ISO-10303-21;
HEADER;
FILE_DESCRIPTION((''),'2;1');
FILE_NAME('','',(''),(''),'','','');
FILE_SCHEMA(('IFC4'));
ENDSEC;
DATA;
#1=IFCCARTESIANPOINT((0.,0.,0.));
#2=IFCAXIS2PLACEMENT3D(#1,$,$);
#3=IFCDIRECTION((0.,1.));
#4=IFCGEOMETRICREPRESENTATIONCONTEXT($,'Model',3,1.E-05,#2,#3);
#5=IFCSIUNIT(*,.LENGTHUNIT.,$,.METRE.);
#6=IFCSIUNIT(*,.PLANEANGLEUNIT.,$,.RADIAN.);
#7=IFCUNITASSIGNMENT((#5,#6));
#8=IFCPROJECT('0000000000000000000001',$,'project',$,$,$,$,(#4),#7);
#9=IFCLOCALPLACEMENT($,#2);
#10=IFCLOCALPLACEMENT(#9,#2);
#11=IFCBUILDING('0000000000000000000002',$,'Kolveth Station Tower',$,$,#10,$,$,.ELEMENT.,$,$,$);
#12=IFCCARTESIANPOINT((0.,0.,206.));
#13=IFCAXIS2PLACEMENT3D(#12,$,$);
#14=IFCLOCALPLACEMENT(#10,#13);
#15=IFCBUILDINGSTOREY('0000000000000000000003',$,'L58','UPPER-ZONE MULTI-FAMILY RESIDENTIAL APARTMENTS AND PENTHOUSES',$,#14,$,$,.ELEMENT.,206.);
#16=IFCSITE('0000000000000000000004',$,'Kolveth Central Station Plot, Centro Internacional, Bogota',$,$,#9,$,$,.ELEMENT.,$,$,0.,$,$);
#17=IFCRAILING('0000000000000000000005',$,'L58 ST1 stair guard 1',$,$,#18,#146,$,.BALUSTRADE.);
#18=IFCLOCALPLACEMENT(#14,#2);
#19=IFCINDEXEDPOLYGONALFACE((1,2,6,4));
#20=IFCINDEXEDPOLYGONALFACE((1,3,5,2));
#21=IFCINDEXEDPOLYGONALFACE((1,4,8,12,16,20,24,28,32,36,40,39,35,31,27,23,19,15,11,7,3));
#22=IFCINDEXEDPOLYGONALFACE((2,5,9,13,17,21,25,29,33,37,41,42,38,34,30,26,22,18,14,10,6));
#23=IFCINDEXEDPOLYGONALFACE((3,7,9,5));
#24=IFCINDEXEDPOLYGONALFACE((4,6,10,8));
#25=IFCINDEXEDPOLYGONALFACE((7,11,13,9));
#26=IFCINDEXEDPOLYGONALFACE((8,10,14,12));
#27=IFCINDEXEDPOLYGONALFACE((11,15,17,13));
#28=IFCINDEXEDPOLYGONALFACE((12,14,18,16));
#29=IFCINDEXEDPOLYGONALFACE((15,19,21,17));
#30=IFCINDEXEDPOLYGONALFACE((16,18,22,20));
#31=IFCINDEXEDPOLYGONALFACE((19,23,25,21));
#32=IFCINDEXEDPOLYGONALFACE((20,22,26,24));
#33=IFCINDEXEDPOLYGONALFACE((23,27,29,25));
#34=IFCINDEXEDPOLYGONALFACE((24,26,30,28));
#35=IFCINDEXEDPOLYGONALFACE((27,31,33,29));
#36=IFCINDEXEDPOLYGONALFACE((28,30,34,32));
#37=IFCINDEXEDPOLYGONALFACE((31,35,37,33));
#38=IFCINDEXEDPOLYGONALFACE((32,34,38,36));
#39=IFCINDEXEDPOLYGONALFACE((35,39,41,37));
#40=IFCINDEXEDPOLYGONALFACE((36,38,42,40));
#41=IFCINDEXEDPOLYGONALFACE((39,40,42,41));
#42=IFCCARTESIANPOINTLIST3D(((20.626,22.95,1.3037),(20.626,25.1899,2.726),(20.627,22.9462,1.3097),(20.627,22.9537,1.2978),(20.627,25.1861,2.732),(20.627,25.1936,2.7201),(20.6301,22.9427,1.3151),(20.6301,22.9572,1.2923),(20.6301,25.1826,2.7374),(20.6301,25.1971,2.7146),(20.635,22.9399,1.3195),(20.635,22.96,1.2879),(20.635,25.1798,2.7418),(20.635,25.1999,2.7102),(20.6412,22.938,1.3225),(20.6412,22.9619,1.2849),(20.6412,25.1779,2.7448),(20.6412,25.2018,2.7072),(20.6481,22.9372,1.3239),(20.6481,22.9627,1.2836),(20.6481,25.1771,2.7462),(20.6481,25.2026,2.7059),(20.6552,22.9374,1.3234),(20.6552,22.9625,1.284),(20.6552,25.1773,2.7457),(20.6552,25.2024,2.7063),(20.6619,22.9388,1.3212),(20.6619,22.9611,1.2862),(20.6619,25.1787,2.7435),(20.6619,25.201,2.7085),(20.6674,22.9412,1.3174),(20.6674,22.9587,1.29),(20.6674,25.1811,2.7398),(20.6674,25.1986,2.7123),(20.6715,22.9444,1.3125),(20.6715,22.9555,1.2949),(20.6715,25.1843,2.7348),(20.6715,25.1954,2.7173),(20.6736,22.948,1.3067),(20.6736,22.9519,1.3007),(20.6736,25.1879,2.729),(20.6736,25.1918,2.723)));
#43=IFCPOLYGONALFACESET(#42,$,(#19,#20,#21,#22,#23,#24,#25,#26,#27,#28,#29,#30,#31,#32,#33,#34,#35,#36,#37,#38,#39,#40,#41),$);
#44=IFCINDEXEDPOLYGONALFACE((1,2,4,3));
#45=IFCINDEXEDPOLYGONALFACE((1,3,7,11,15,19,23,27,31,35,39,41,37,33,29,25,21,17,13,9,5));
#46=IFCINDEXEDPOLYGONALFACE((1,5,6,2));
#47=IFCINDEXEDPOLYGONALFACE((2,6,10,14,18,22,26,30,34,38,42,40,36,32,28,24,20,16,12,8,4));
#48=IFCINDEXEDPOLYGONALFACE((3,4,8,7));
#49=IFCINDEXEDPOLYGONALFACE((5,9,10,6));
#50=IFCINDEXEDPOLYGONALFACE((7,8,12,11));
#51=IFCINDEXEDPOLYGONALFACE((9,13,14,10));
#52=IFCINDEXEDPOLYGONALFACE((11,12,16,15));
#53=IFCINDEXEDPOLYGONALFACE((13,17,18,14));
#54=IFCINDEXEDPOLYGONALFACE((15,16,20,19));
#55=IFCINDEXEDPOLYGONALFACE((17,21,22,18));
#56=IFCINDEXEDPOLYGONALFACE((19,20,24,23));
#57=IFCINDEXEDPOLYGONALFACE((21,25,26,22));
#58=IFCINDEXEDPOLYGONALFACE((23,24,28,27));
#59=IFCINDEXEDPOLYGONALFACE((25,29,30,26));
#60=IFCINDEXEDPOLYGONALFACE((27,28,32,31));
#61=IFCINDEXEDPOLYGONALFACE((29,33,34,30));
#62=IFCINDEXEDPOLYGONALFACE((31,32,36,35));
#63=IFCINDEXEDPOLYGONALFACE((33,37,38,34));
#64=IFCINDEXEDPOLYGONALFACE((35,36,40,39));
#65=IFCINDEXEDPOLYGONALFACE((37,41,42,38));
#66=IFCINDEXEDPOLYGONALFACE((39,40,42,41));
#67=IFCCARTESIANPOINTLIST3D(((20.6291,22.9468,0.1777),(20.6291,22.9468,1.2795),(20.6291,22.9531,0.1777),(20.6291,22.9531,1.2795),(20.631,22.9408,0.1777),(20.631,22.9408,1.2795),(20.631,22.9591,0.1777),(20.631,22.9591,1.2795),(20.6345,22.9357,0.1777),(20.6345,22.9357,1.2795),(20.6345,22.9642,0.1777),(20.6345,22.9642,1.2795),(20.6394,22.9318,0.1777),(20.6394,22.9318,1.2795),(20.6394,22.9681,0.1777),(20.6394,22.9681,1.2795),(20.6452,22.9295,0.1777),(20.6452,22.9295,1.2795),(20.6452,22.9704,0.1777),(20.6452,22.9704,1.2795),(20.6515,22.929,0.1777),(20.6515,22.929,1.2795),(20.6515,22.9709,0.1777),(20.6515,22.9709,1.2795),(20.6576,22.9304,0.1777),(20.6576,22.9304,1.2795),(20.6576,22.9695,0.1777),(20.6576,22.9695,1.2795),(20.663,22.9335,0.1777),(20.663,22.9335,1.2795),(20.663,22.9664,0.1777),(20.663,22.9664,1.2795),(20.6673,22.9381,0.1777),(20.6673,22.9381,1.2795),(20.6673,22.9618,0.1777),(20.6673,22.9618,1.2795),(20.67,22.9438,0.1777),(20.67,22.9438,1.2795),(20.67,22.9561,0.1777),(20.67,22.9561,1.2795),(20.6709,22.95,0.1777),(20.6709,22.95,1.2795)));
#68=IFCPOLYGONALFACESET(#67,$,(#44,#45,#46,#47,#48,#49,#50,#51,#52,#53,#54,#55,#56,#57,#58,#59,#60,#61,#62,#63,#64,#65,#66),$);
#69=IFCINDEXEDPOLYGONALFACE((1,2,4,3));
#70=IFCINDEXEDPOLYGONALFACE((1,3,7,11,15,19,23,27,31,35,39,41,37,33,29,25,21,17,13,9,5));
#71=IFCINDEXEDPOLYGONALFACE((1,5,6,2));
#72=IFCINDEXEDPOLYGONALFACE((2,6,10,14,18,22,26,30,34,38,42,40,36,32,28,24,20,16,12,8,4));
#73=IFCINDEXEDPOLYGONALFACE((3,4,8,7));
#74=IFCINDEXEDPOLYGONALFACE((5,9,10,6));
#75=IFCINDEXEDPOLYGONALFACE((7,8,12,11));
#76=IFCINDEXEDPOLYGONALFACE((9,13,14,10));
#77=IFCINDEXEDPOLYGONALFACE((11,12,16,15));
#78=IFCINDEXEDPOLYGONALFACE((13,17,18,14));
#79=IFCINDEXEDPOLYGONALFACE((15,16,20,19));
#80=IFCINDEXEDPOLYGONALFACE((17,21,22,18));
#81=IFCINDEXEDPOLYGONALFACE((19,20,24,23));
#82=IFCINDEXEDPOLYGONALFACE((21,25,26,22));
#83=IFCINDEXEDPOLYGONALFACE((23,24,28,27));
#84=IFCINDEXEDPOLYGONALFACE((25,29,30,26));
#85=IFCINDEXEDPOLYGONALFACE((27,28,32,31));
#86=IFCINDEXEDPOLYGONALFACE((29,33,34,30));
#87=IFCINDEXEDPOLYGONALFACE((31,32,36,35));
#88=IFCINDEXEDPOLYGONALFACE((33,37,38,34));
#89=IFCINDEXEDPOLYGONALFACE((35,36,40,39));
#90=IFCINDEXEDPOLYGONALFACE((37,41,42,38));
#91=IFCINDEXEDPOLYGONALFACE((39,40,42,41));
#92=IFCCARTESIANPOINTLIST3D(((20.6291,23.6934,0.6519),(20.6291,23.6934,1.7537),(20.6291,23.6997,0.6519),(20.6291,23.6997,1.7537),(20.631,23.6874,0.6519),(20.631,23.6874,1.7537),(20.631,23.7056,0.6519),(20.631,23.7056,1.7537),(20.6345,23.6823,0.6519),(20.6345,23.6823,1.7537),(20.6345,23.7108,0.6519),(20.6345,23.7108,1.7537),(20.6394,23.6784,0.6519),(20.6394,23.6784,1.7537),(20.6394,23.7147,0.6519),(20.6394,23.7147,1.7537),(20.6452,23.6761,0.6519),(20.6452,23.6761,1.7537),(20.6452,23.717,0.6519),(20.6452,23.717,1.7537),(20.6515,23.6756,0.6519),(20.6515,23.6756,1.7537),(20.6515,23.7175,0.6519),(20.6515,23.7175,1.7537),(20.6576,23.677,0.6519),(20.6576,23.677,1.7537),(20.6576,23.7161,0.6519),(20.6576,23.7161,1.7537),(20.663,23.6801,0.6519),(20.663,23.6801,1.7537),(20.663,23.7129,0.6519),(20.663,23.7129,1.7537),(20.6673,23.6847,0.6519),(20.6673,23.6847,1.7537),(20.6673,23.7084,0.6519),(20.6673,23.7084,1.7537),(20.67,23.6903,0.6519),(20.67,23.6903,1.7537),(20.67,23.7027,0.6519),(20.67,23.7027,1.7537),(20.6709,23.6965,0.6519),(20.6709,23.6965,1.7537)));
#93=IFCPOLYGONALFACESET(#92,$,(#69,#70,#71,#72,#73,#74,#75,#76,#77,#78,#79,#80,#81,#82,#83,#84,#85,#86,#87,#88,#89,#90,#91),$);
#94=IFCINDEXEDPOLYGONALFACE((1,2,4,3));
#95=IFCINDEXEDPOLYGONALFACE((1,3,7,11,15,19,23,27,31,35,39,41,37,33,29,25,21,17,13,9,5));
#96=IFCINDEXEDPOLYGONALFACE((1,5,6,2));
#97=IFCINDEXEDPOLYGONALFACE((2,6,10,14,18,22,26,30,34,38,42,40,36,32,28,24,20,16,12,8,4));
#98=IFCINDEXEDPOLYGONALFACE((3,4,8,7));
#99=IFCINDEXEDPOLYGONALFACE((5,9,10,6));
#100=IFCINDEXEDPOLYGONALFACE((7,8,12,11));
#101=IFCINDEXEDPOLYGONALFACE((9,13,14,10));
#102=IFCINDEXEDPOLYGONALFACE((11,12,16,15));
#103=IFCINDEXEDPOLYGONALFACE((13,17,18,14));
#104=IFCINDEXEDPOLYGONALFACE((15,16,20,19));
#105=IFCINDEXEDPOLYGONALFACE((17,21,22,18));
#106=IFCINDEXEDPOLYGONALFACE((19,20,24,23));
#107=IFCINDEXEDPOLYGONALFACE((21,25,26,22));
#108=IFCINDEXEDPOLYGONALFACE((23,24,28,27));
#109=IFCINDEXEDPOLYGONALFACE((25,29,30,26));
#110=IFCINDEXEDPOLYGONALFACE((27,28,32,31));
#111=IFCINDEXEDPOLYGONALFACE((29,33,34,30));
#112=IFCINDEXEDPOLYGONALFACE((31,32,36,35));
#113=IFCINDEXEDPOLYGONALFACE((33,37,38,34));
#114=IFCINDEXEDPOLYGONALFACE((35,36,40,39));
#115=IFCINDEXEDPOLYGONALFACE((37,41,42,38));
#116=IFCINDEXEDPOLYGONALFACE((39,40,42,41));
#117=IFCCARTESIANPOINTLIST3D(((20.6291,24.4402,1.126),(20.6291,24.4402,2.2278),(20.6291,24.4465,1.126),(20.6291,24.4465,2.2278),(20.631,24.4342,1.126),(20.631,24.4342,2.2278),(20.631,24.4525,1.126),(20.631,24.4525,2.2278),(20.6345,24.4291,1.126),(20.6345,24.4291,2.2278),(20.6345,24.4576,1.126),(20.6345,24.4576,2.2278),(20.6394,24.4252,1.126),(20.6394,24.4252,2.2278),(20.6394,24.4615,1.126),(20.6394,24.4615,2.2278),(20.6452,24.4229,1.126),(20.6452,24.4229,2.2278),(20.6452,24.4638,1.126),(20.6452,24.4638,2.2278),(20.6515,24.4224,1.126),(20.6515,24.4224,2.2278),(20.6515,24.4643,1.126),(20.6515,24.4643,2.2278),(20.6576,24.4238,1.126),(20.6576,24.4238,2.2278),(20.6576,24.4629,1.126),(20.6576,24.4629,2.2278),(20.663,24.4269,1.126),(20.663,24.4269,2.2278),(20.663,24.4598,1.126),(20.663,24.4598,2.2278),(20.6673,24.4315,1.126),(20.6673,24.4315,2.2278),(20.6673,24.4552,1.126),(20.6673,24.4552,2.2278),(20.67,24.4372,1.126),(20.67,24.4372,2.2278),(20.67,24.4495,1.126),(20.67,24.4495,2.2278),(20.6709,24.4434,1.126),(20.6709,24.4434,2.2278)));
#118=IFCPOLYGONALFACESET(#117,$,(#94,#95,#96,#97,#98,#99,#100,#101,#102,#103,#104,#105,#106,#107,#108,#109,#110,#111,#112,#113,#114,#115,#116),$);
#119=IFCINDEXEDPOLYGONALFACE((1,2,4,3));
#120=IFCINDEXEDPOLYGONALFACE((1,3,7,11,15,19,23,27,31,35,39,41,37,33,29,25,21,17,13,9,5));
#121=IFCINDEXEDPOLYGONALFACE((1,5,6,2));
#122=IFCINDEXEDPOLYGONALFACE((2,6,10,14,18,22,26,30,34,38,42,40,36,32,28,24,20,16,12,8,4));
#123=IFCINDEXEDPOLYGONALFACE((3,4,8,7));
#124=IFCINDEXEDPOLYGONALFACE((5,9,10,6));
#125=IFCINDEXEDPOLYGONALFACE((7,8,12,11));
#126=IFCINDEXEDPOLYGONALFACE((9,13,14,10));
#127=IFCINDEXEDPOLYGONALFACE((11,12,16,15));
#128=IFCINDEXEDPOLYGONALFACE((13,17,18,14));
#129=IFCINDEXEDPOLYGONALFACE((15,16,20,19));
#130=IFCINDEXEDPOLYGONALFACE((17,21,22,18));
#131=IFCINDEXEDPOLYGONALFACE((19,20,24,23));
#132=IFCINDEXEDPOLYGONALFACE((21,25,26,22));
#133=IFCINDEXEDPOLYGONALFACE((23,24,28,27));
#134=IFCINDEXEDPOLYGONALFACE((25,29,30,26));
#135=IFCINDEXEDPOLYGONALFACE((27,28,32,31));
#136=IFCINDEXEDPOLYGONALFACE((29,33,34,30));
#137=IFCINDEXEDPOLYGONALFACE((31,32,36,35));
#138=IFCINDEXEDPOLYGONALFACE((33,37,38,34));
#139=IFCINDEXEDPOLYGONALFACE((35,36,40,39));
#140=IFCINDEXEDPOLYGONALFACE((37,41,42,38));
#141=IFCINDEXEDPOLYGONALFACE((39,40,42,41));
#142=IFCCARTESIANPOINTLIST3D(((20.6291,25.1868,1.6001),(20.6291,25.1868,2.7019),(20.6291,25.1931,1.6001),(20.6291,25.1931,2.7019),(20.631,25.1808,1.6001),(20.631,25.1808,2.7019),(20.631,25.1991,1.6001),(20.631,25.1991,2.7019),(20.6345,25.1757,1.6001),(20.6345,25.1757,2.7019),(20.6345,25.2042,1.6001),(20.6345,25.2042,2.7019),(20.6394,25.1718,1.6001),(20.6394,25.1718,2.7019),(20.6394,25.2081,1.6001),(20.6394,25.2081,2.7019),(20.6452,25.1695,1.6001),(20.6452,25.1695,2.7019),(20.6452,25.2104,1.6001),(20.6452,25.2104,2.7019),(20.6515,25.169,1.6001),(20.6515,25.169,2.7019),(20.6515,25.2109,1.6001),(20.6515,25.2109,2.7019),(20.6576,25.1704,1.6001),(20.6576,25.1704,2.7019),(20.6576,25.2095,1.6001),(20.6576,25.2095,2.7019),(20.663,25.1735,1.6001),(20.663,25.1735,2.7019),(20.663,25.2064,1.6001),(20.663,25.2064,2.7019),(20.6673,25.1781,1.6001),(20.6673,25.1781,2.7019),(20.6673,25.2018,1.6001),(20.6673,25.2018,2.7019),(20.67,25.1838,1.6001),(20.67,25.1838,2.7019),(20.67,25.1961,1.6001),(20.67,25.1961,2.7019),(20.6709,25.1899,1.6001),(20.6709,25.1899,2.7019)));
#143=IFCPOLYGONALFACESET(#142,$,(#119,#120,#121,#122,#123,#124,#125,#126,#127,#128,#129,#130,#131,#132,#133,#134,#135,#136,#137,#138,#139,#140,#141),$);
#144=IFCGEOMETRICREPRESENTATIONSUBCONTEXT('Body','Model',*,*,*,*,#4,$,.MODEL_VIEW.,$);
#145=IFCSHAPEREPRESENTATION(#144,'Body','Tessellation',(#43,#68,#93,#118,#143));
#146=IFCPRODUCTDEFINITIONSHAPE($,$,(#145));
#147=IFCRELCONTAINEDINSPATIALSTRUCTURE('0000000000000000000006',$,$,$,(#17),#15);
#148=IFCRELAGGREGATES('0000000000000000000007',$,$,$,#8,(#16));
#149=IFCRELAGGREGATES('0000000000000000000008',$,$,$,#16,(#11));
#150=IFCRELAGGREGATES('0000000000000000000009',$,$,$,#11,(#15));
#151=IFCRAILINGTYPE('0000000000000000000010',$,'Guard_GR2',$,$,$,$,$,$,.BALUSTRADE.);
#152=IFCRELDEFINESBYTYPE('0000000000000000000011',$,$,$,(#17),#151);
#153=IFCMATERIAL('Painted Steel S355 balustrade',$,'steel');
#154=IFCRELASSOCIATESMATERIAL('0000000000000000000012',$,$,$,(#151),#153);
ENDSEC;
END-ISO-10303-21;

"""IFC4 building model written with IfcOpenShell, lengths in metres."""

from ifc_helpers import new_model, si_unit, direction, frame, origin, origin_2d, place, context, subcontext, project, spatial, circle, extrude, material, type_object, element, save


model = new_model("IFC4")

# Units and contexts
model_context = context("Model", 3, precision=1e-05, world=origin(), true_north=direction((0.0, 1.0)))
body_context = subcontext(model_context, "Body", "Model", "MODEL_VIEW")
ifc_project = project(units=[si_unit("LENGTHUNIT", "METRE"), si_unit("PLANEANGLEUNIT", "RADIAN")], contexts=[model_context])

# Site, building, storey
site_placement = place(None, origin())
site = spatial("IfcSite", under=ifc_project, at=site_placement, Name="Kolveth Central Station Plot, Centro Internacional, Bogota", CompositionType="ELEMENT", RefElevation=0.0)
building_placement = place(site_placement, origin())
building = spatial("IfcBuilding", under=site, at=building_placement, Name="Kolveth Station Tower", CompositionType="ELEMENT")
storey_placement = place(building_placement, frame((0.0, 0.0, 206.0)))
storey = spatial("IfcBuildingStorey", under=building, at=storey_placement, Name="L58", Description="UPPER-ZONE MULTI-FAMILY RESIDENTIAL APARTMENTS AND PENTHOUSES", CompositionType="ELEMENT", Elevation=206.0)

# Railing
ifc_material_1 = material(Name="Painted Steel S355 balustrade", Category="steel")
railing_type_1 = type_object("IfcRailingType", Name="Guard_GR2", PredefinedType="BALUSTRADE", material=ifc_material_1)
railing_1_placement = place(storey_placement, frame((20.6499, 22.95, 0.1777)))
element("IfcRailing", 1, at=railing_1_placement, inside=storey, type_object=railing_type_1, Name="L58 ST1 stair guard 1", PredefinedType="BALUSTRADE", context=body_context, shape_type="SweptSolid", body=[
    extrude(circle(Radius=0.0239, at=origin_2d()), frame((0.0, 0.0, 1.126), z_axis=(0.0, 0.844188, 0.536048), x_axis=(-1.0, 0.0, 0.0)), (0.0, 0.0, 1.0), 2.6533),
    extrude(circle(Radius=0.021, at=origin_2d()), origin(), (0.0, 0.0, 1.0), 1.1018),
    extrude(circle(Radius=0.021, at=origin_2d()), frame((0.0, 0.7466, 0.4741)), (0.0, 0.0, 1.0), 1.1018),
    extrude(circle(Radius=0.021, at=origin_2d()), frame((0.0, 1.4934, 0.9482)), (0.0, 0.0, 1.0), 1.1018),
    extrude(circle(Radius=0.021, at=origin_2d()), frame((0.0, 2.24, 1.4224)), (0.0, 0.0, 1.0), 1.1018),
])

save(model, "model.ifc")
